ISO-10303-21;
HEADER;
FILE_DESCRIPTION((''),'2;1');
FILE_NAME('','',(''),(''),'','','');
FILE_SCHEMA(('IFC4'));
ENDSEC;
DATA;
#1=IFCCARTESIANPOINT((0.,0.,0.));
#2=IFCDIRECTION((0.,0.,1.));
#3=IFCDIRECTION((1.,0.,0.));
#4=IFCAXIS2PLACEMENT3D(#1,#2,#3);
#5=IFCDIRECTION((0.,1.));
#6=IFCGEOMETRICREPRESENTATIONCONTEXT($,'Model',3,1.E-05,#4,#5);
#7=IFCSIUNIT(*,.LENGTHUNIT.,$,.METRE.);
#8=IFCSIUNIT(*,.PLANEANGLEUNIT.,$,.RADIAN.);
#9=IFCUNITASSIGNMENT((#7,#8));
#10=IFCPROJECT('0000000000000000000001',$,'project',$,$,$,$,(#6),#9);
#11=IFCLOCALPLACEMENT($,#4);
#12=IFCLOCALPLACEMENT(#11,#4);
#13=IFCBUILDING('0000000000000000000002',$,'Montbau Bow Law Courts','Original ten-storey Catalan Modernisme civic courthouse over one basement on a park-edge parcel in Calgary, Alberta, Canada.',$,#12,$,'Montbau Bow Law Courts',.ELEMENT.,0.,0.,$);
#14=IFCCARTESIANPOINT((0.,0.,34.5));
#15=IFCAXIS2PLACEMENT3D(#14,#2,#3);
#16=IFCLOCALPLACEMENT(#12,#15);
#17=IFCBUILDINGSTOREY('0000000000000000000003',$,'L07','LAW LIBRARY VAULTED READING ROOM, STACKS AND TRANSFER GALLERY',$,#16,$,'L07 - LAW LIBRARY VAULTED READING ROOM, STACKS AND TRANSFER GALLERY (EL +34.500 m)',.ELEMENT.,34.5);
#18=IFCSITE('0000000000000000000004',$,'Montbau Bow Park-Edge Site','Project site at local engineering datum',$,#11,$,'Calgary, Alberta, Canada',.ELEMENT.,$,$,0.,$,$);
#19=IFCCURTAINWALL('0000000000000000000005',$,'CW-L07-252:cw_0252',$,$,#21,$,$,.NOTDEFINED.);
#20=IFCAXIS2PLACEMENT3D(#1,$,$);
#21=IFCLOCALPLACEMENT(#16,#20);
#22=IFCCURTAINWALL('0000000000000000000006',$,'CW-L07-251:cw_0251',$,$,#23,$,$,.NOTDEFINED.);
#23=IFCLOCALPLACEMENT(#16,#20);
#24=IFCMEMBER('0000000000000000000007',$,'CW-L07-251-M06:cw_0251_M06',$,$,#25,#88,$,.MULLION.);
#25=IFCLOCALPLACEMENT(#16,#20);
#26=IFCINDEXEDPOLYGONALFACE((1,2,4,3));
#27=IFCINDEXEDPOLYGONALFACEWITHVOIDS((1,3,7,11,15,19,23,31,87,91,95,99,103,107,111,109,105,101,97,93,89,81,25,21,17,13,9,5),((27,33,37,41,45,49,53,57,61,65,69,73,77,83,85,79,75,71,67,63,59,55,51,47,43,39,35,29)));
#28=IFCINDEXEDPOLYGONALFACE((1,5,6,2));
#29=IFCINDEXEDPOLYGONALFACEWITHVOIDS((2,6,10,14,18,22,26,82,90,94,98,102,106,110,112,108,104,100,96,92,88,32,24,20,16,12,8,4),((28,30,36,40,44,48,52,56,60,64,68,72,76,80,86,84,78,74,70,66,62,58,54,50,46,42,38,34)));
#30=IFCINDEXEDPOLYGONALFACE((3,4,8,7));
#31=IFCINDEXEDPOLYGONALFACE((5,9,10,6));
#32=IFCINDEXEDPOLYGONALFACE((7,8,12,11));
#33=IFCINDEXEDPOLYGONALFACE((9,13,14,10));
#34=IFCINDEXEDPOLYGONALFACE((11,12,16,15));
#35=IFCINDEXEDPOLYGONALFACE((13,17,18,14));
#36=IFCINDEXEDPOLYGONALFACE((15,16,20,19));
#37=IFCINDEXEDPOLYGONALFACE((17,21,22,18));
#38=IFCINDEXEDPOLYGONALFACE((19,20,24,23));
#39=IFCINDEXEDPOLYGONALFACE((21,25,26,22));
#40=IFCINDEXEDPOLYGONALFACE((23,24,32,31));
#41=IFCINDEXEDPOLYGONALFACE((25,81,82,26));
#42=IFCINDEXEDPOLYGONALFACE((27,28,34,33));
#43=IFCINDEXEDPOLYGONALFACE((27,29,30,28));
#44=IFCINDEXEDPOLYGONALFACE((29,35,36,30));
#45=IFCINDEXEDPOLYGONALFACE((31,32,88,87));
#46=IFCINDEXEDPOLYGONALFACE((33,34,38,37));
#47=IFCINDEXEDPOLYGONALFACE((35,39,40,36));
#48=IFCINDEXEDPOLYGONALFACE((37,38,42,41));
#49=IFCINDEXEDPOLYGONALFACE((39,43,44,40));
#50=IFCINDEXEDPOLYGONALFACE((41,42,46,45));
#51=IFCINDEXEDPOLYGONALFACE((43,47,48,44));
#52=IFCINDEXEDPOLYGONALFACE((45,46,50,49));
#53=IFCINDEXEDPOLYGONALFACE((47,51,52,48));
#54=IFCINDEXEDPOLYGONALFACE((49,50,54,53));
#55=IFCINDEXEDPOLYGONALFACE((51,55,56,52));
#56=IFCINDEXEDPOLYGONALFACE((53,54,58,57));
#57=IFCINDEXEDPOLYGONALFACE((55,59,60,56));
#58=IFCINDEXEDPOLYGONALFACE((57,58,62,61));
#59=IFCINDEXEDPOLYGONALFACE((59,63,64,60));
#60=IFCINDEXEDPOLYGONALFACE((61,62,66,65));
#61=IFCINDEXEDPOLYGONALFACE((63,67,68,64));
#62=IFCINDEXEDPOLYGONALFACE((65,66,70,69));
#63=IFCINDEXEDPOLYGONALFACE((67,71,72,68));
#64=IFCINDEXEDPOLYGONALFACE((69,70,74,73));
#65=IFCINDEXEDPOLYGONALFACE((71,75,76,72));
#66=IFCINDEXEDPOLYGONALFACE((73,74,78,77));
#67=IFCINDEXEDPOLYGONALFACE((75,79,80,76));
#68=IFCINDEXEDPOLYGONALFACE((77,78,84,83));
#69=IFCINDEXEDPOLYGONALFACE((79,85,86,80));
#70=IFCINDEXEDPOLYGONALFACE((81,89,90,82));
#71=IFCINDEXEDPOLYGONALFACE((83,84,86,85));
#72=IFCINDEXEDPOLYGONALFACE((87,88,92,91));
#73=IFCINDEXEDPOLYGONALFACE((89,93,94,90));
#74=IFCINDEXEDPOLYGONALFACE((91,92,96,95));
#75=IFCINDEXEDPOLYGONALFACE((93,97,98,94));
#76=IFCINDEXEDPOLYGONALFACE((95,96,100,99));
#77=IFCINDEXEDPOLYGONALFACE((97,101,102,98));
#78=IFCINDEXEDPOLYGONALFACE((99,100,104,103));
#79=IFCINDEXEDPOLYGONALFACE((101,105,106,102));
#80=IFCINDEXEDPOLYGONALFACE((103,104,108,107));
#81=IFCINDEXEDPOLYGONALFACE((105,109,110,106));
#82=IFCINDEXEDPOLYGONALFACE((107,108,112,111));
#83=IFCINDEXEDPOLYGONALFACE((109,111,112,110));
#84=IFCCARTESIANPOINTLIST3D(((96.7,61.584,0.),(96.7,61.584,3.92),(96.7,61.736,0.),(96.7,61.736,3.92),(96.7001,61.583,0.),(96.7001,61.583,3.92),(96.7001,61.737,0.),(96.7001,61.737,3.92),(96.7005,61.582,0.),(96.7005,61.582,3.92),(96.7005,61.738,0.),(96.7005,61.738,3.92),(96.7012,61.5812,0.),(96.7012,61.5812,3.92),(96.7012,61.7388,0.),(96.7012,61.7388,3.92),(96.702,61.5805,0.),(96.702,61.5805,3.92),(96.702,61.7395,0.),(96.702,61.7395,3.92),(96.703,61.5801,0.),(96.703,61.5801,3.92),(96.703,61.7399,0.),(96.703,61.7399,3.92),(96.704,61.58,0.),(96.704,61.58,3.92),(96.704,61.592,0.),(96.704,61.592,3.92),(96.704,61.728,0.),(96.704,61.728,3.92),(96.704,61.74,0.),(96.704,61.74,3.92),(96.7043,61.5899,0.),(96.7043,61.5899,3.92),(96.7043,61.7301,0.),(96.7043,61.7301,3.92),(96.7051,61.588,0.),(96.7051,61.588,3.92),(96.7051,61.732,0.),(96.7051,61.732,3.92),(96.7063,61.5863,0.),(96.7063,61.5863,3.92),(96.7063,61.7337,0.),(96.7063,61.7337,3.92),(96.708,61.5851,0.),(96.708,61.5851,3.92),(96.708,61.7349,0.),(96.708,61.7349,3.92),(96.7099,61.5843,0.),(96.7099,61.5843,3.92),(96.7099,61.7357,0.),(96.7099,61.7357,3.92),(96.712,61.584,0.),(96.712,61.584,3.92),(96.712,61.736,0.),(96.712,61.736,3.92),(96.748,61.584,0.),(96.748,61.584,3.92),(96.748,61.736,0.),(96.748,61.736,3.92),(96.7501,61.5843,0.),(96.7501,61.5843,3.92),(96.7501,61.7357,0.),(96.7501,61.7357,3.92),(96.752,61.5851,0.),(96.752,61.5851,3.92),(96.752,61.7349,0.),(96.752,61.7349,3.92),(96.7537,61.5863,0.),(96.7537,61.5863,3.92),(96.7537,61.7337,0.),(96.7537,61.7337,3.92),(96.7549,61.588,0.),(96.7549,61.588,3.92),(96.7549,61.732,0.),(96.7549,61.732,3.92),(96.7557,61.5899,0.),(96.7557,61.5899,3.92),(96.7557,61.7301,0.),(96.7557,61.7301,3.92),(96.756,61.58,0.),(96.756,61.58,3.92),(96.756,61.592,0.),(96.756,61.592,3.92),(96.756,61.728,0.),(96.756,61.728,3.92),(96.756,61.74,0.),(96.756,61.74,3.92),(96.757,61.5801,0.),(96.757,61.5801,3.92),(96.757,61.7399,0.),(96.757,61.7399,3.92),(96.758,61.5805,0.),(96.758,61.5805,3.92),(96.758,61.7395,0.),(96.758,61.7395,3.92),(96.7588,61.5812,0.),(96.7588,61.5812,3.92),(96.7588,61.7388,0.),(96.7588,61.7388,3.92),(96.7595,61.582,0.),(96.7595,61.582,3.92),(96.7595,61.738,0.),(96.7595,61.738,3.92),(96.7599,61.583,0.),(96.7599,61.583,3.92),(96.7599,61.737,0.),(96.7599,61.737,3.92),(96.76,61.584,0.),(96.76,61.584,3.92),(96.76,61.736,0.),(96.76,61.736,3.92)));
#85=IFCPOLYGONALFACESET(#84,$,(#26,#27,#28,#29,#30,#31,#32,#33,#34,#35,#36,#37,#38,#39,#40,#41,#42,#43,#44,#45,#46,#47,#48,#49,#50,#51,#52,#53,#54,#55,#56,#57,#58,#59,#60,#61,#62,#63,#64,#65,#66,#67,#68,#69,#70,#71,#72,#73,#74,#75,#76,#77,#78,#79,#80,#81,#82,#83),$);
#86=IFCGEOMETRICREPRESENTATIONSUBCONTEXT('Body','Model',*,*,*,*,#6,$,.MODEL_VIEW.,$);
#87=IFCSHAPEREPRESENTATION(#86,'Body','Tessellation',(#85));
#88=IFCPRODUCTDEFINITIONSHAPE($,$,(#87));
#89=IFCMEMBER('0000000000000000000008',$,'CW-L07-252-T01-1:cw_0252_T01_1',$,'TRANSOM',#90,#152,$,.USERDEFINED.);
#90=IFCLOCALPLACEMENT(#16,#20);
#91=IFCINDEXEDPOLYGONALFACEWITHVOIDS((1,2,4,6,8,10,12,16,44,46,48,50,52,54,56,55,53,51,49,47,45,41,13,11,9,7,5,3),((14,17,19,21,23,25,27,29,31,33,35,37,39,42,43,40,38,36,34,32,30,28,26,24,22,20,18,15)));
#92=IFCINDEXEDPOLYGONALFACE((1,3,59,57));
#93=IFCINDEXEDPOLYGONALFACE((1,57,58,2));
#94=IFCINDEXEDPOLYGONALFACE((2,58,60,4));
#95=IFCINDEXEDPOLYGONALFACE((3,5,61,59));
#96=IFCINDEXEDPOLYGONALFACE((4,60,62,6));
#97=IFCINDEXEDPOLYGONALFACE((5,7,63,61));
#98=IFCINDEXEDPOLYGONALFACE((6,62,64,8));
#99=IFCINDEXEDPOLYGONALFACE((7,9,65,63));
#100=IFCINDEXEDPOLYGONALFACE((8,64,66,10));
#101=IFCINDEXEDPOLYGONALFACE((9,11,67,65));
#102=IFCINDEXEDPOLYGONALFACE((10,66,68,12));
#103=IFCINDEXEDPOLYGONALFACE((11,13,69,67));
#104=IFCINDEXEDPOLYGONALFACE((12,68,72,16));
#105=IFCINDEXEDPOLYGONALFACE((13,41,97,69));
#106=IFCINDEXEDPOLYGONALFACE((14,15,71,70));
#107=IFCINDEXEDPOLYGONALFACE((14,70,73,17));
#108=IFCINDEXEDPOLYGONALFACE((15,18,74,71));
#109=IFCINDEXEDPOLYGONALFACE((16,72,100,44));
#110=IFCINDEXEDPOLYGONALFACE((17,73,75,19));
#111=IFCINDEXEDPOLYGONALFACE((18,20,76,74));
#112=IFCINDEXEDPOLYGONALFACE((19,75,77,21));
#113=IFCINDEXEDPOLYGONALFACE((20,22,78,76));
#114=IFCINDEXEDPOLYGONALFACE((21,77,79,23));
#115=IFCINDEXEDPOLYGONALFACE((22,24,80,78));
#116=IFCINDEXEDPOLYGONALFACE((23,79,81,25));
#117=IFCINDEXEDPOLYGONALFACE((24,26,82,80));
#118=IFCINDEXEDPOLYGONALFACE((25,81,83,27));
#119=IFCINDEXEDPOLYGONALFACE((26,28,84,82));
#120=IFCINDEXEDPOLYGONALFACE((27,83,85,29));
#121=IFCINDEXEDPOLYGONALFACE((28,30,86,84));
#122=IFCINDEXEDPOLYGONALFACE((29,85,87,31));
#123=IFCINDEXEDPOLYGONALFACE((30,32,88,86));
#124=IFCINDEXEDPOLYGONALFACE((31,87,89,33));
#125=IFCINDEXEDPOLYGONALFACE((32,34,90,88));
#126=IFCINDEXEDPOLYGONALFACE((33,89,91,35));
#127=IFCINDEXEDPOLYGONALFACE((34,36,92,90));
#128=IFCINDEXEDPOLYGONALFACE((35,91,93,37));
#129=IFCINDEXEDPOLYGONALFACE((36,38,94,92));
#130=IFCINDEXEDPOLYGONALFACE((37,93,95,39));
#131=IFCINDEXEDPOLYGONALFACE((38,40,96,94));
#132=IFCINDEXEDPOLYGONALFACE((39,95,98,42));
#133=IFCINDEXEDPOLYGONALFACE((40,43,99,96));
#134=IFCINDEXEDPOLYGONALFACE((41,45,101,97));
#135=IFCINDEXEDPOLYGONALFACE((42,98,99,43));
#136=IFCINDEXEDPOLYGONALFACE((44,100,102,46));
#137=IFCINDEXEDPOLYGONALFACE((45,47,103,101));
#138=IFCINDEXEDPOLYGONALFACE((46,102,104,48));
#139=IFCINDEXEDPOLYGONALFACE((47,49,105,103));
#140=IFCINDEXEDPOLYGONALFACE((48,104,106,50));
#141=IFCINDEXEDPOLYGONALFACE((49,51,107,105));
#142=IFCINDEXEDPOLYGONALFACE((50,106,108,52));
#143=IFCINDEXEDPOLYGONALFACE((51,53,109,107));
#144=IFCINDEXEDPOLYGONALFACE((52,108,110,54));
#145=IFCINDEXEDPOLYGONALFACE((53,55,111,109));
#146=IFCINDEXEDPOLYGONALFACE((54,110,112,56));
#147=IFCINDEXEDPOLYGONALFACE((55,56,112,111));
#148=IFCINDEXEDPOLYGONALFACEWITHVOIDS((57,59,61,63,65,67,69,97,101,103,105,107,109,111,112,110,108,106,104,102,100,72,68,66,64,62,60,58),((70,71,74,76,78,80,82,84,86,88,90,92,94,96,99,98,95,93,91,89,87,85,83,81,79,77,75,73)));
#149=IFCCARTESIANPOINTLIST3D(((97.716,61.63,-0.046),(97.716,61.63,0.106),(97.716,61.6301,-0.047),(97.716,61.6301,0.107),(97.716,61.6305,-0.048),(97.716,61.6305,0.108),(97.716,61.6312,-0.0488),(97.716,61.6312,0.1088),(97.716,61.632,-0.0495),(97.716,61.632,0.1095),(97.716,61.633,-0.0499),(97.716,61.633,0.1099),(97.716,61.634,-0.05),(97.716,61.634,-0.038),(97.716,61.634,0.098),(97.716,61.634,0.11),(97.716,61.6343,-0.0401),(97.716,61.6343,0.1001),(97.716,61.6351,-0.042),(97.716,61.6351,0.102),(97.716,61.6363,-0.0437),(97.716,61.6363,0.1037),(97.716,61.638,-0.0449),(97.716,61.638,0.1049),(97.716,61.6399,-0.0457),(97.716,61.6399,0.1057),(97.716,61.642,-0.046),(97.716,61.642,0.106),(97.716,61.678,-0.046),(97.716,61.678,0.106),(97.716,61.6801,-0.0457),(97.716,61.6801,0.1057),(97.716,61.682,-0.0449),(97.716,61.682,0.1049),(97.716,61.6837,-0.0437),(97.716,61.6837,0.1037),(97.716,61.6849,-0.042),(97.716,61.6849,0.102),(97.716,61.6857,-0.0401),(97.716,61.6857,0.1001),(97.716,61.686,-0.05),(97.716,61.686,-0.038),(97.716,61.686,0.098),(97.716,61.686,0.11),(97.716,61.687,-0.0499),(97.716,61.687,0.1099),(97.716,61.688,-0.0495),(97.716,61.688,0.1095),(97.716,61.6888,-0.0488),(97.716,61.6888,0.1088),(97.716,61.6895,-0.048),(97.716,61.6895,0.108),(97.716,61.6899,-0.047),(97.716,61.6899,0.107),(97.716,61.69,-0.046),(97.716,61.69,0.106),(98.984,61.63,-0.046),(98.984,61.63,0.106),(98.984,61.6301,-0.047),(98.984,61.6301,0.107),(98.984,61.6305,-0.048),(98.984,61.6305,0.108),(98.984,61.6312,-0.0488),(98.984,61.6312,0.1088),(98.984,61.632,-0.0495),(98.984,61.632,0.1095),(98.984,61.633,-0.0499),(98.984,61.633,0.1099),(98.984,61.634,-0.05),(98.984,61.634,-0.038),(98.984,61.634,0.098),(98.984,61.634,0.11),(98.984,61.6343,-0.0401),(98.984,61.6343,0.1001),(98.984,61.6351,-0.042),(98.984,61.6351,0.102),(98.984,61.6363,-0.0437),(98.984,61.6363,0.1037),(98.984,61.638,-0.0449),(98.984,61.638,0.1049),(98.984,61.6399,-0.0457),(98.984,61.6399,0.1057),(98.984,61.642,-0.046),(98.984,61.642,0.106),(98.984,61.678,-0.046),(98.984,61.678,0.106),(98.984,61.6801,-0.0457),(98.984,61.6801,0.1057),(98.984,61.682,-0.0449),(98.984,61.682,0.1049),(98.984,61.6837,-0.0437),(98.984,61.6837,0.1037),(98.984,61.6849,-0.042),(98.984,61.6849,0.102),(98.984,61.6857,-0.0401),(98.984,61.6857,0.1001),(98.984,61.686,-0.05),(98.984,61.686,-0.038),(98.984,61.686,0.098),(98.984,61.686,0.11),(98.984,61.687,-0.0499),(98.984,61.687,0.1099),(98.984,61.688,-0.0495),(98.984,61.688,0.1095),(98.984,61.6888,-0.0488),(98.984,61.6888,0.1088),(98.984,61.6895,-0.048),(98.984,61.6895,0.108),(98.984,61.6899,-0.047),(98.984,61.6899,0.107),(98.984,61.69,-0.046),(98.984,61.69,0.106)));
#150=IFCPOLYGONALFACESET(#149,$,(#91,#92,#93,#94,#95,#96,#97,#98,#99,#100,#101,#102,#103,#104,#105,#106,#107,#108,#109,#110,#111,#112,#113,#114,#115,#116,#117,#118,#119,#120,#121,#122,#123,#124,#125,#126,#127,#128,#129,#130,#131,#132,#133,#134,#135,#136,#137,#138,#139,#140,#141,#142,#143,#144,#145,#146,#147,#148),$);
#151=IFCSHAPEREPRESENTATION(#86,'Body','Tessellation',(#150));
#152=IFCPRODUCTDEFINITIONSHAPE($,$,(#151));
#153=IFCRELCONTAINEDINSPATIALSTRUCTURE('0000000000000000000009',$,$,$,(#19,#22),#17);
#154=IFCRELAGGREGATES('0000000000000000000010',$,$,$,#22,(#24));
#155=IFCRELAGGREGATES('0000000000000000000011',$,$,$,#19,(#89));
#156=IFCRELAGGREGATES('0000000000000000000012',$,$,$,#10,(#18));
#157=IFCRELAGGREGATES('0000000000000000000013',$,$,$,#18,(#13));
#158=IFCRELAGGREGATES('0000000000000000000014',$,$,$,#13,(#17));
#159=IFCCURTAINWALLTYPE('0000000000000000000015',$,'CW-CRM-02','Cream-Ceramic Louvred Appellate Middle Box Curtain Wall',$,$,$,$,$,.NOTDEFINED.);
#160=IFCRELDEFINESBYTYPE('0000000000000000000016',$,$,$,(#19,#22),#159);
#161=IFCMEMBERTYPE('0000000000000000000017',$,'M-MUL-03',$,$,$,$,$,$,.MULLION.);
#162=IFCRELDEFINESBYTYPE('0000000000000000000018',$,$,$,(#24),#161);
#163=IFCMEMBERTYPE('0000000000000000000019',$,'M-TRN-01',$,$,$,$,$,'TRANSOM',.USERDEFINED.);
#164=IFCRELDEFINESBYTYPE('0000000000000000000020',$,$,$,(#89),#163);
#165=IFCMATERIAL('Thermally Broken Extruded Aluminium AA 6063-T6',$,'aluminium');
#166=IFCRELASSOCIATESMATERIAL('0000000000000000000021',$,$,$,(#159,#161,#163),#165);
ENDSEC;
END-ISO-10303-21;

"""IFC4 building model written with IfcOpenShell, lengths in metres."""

from ifc_helpers import new_model, si_unit, direction, frame, origin_with_axes, origin_2d_with_axis, place, context, subcontext, project, spatial, hollow_rectangle, extrude, material, material_profile, profile_set, type_object, element, aggregate, save


model = new_model("IFC4")

# Units and contexts
model_context = context("Model", 3, precision=1e-05, world=origin_with_axes(), true_north=direction((0.0, 1.0)))
body_context = subcontext(model_context, "Body", "Model", "MODEL_VIEW")
ifc_project = project(units=[si_unit("LENGTHUNIT", "METRE"), si_unit("PLANEANGLEUNIT", "RADIAN")], contexts=[model_context])

# Site, building, storey
site_placement = place(None, origin_with_axes())
site = spatial("IfcSite", under=ifc_project, at=site_placement, Name="Montbau Bow Park-Edge Site", Description="Project site at local engineering datum", LongName="Calgary, Alberta, Canada", CompositionType="ELEMENT", RefElevation=0.0)
building_placement = place(site_placement, origin_with_axes())
building = spatial("IfcBuilding", under=site, at=building_placement, Name="Montbau Bow Law Courts", Description="Original ten-storey Catalan Modernisme civic courthouse over one basement on a park-edge parcel in Calgary, Alberta, Canada.", LongName="Montbau Bow Law Courts", CompositionType="ELEMENT", ElevationOfRefHeight=0.0, ElevationOfTerrain=0.0)
storey_placement = place(building_placement, frame((0.0, 0.0, 34.5), z_axis=(0.0, 0.0, 1.0), x_axis=(1.0, 0.0, 0.0)))
storey = spatial("IfcBuildingStorey", under=building, at=storey_placement, Name="L07", Description="LAW LIBRARY VAULTED READING ROOM, STACKS AND TRANSFER GALLERY", LongName="L07 - LAW LIBRARY VAULTED READING ROOM, STACKS AND TRANSFER GALLERY (EL +34.500 m)", CompositionType="ELEMENT", Elevation=34.5)

# Curtain walls, member
ifc_material_1 = material(Name="Thermally Broken Extruded Aluminium AA 6063-T6", Category="aluminium")
curtain_wall_type = type_object("IfcCurtainWallType", Name="CW-CRM-02", Description="Cream-Ceramic Louvred Appellate Middle Box Curtain Wall", PredefinedType="NOTDEFINED", material=ifc_material_1)
curtain_wall_1_placement = place(None, frame((97.64, 61.66, 34.5), z_axis=(0.0, 0.0, 1.0), x_axis=(1.0, 0.0, 0.0)))
curtain_wall_1 = element("IfcCurtainWall", 1, at=curtain_wall_1_placement, inside=storey, type_object=curtain_wall_type, Name="CW-L07-252:cw_0252", PredefinedType="NOTDEFINED")
curtain_wall_2_placement = place(None, frame((89.24, 61.66, 34.5), z_axis=(0.0, 0.0, 1.0), x_axis=(1.0, 0.0, 0.0)))
curtain_wall_2 = element("IfcCurtainWall", 2, at=curtain_wall_2_placement, inside=storey, type_object=curtain_wall_type, Name="CW-L07-251:cw_0251", PredefinedType="NOTDEFINED")
ifc_material_profile_1 = material_profile(ifc_material_1, hollow_rectangle(XDim=0.06, YDim=0.16, WallThickness=0.004, InnerFilletRadius=0.008, OuterFilletRadius=0.004, at=origin_2d_with_axis()), Name="CWM-160X60", Category="Main", Priority=0)
ifc_profile_set_1 = profile_set([ifc_material_profile_1], Name="Thermally Broken Extruded Aluminium AA 6063-T6")
member_type_1 = type_object("IfcMemberType", Name="M-MUL-03", PredefinedType="MULLION", material=ifc_profile_set_1)
member_1_placement = place(None, frame((96.73, 61.66, 34.5), z_axis=(0.0, 0.0, 1.0), x_axis=(1.0, 0.0, 0.0)))
member_1 = element("IfcMember", 3, at=member_1_placement, type_object=member_type_1, Name="CW-L07-251-M06:cw_0251_M06", PredefinedType="MULLION", context=body_context, shape_type="SweptSolid", body=[
    extrude(hollow_rectangle(XDim=0.06, YDim=0.16, WallThickness=0.004, InnerFilletRadius=0.008, OuterFilletRadius=0.004, at=origin_2d_with_axis()), origin_with_axes(), (0.0, 0.0, 1.0), 3.92),
])

# Member
ifc_material_profile_2 = material_profile(ifc_material_1, hollow_rectangle(XDim=0.06, YDim=0.16, WallThickness=0.004, InnerFilletRadius=0.008, OuterFilletRadius=0.004, at=origin_2d_with_axis()), Name="CWT-160X60", Category="Main", Priority=0)
ifc_profile_set_2 = profile_set([ifc_material_profile_2], Name="Thermally Broken Extruded Aluminium AA 6063-T6")
member_type_2 = type_object("IfcMemberType", Name="M-TRN-01", ElementType="TRANSOM", PredefinedType="USERDEFINED", material=ifc_profile_set_2)
member_2_placement = place(None, frame((97.716, 61.66, 34.53), z_axis=(1.0, 0.0, 0.0), x_axis=(0.0, 1.0, 0.0)))
member_2 = element("IfcMember", 4, at=member_2_placement, type_object=member_type_2, Name="CW-L07-252-T01-1:cw_0252_T01_1", ObjectType="TRANSOM", PredefinedType="USERDEFINED", context=body_context, shape_type="SweptSolid", body=[
    extrude(hollow_rectangle(XDim=0.06, YDim=0.16, WallThickness=0.004, InnerFilletRadius=0.008, OuterFilletRadius=0.004, at=origin_2d_with_axis()), origin_with_axes(), (0.0, 0.0, 1.0), 1.268),
])

aggregate(curtain_wall_2, [member_1])
aggregate(curtain_wall_1, [member_2])

save(model, "model.ifc")
